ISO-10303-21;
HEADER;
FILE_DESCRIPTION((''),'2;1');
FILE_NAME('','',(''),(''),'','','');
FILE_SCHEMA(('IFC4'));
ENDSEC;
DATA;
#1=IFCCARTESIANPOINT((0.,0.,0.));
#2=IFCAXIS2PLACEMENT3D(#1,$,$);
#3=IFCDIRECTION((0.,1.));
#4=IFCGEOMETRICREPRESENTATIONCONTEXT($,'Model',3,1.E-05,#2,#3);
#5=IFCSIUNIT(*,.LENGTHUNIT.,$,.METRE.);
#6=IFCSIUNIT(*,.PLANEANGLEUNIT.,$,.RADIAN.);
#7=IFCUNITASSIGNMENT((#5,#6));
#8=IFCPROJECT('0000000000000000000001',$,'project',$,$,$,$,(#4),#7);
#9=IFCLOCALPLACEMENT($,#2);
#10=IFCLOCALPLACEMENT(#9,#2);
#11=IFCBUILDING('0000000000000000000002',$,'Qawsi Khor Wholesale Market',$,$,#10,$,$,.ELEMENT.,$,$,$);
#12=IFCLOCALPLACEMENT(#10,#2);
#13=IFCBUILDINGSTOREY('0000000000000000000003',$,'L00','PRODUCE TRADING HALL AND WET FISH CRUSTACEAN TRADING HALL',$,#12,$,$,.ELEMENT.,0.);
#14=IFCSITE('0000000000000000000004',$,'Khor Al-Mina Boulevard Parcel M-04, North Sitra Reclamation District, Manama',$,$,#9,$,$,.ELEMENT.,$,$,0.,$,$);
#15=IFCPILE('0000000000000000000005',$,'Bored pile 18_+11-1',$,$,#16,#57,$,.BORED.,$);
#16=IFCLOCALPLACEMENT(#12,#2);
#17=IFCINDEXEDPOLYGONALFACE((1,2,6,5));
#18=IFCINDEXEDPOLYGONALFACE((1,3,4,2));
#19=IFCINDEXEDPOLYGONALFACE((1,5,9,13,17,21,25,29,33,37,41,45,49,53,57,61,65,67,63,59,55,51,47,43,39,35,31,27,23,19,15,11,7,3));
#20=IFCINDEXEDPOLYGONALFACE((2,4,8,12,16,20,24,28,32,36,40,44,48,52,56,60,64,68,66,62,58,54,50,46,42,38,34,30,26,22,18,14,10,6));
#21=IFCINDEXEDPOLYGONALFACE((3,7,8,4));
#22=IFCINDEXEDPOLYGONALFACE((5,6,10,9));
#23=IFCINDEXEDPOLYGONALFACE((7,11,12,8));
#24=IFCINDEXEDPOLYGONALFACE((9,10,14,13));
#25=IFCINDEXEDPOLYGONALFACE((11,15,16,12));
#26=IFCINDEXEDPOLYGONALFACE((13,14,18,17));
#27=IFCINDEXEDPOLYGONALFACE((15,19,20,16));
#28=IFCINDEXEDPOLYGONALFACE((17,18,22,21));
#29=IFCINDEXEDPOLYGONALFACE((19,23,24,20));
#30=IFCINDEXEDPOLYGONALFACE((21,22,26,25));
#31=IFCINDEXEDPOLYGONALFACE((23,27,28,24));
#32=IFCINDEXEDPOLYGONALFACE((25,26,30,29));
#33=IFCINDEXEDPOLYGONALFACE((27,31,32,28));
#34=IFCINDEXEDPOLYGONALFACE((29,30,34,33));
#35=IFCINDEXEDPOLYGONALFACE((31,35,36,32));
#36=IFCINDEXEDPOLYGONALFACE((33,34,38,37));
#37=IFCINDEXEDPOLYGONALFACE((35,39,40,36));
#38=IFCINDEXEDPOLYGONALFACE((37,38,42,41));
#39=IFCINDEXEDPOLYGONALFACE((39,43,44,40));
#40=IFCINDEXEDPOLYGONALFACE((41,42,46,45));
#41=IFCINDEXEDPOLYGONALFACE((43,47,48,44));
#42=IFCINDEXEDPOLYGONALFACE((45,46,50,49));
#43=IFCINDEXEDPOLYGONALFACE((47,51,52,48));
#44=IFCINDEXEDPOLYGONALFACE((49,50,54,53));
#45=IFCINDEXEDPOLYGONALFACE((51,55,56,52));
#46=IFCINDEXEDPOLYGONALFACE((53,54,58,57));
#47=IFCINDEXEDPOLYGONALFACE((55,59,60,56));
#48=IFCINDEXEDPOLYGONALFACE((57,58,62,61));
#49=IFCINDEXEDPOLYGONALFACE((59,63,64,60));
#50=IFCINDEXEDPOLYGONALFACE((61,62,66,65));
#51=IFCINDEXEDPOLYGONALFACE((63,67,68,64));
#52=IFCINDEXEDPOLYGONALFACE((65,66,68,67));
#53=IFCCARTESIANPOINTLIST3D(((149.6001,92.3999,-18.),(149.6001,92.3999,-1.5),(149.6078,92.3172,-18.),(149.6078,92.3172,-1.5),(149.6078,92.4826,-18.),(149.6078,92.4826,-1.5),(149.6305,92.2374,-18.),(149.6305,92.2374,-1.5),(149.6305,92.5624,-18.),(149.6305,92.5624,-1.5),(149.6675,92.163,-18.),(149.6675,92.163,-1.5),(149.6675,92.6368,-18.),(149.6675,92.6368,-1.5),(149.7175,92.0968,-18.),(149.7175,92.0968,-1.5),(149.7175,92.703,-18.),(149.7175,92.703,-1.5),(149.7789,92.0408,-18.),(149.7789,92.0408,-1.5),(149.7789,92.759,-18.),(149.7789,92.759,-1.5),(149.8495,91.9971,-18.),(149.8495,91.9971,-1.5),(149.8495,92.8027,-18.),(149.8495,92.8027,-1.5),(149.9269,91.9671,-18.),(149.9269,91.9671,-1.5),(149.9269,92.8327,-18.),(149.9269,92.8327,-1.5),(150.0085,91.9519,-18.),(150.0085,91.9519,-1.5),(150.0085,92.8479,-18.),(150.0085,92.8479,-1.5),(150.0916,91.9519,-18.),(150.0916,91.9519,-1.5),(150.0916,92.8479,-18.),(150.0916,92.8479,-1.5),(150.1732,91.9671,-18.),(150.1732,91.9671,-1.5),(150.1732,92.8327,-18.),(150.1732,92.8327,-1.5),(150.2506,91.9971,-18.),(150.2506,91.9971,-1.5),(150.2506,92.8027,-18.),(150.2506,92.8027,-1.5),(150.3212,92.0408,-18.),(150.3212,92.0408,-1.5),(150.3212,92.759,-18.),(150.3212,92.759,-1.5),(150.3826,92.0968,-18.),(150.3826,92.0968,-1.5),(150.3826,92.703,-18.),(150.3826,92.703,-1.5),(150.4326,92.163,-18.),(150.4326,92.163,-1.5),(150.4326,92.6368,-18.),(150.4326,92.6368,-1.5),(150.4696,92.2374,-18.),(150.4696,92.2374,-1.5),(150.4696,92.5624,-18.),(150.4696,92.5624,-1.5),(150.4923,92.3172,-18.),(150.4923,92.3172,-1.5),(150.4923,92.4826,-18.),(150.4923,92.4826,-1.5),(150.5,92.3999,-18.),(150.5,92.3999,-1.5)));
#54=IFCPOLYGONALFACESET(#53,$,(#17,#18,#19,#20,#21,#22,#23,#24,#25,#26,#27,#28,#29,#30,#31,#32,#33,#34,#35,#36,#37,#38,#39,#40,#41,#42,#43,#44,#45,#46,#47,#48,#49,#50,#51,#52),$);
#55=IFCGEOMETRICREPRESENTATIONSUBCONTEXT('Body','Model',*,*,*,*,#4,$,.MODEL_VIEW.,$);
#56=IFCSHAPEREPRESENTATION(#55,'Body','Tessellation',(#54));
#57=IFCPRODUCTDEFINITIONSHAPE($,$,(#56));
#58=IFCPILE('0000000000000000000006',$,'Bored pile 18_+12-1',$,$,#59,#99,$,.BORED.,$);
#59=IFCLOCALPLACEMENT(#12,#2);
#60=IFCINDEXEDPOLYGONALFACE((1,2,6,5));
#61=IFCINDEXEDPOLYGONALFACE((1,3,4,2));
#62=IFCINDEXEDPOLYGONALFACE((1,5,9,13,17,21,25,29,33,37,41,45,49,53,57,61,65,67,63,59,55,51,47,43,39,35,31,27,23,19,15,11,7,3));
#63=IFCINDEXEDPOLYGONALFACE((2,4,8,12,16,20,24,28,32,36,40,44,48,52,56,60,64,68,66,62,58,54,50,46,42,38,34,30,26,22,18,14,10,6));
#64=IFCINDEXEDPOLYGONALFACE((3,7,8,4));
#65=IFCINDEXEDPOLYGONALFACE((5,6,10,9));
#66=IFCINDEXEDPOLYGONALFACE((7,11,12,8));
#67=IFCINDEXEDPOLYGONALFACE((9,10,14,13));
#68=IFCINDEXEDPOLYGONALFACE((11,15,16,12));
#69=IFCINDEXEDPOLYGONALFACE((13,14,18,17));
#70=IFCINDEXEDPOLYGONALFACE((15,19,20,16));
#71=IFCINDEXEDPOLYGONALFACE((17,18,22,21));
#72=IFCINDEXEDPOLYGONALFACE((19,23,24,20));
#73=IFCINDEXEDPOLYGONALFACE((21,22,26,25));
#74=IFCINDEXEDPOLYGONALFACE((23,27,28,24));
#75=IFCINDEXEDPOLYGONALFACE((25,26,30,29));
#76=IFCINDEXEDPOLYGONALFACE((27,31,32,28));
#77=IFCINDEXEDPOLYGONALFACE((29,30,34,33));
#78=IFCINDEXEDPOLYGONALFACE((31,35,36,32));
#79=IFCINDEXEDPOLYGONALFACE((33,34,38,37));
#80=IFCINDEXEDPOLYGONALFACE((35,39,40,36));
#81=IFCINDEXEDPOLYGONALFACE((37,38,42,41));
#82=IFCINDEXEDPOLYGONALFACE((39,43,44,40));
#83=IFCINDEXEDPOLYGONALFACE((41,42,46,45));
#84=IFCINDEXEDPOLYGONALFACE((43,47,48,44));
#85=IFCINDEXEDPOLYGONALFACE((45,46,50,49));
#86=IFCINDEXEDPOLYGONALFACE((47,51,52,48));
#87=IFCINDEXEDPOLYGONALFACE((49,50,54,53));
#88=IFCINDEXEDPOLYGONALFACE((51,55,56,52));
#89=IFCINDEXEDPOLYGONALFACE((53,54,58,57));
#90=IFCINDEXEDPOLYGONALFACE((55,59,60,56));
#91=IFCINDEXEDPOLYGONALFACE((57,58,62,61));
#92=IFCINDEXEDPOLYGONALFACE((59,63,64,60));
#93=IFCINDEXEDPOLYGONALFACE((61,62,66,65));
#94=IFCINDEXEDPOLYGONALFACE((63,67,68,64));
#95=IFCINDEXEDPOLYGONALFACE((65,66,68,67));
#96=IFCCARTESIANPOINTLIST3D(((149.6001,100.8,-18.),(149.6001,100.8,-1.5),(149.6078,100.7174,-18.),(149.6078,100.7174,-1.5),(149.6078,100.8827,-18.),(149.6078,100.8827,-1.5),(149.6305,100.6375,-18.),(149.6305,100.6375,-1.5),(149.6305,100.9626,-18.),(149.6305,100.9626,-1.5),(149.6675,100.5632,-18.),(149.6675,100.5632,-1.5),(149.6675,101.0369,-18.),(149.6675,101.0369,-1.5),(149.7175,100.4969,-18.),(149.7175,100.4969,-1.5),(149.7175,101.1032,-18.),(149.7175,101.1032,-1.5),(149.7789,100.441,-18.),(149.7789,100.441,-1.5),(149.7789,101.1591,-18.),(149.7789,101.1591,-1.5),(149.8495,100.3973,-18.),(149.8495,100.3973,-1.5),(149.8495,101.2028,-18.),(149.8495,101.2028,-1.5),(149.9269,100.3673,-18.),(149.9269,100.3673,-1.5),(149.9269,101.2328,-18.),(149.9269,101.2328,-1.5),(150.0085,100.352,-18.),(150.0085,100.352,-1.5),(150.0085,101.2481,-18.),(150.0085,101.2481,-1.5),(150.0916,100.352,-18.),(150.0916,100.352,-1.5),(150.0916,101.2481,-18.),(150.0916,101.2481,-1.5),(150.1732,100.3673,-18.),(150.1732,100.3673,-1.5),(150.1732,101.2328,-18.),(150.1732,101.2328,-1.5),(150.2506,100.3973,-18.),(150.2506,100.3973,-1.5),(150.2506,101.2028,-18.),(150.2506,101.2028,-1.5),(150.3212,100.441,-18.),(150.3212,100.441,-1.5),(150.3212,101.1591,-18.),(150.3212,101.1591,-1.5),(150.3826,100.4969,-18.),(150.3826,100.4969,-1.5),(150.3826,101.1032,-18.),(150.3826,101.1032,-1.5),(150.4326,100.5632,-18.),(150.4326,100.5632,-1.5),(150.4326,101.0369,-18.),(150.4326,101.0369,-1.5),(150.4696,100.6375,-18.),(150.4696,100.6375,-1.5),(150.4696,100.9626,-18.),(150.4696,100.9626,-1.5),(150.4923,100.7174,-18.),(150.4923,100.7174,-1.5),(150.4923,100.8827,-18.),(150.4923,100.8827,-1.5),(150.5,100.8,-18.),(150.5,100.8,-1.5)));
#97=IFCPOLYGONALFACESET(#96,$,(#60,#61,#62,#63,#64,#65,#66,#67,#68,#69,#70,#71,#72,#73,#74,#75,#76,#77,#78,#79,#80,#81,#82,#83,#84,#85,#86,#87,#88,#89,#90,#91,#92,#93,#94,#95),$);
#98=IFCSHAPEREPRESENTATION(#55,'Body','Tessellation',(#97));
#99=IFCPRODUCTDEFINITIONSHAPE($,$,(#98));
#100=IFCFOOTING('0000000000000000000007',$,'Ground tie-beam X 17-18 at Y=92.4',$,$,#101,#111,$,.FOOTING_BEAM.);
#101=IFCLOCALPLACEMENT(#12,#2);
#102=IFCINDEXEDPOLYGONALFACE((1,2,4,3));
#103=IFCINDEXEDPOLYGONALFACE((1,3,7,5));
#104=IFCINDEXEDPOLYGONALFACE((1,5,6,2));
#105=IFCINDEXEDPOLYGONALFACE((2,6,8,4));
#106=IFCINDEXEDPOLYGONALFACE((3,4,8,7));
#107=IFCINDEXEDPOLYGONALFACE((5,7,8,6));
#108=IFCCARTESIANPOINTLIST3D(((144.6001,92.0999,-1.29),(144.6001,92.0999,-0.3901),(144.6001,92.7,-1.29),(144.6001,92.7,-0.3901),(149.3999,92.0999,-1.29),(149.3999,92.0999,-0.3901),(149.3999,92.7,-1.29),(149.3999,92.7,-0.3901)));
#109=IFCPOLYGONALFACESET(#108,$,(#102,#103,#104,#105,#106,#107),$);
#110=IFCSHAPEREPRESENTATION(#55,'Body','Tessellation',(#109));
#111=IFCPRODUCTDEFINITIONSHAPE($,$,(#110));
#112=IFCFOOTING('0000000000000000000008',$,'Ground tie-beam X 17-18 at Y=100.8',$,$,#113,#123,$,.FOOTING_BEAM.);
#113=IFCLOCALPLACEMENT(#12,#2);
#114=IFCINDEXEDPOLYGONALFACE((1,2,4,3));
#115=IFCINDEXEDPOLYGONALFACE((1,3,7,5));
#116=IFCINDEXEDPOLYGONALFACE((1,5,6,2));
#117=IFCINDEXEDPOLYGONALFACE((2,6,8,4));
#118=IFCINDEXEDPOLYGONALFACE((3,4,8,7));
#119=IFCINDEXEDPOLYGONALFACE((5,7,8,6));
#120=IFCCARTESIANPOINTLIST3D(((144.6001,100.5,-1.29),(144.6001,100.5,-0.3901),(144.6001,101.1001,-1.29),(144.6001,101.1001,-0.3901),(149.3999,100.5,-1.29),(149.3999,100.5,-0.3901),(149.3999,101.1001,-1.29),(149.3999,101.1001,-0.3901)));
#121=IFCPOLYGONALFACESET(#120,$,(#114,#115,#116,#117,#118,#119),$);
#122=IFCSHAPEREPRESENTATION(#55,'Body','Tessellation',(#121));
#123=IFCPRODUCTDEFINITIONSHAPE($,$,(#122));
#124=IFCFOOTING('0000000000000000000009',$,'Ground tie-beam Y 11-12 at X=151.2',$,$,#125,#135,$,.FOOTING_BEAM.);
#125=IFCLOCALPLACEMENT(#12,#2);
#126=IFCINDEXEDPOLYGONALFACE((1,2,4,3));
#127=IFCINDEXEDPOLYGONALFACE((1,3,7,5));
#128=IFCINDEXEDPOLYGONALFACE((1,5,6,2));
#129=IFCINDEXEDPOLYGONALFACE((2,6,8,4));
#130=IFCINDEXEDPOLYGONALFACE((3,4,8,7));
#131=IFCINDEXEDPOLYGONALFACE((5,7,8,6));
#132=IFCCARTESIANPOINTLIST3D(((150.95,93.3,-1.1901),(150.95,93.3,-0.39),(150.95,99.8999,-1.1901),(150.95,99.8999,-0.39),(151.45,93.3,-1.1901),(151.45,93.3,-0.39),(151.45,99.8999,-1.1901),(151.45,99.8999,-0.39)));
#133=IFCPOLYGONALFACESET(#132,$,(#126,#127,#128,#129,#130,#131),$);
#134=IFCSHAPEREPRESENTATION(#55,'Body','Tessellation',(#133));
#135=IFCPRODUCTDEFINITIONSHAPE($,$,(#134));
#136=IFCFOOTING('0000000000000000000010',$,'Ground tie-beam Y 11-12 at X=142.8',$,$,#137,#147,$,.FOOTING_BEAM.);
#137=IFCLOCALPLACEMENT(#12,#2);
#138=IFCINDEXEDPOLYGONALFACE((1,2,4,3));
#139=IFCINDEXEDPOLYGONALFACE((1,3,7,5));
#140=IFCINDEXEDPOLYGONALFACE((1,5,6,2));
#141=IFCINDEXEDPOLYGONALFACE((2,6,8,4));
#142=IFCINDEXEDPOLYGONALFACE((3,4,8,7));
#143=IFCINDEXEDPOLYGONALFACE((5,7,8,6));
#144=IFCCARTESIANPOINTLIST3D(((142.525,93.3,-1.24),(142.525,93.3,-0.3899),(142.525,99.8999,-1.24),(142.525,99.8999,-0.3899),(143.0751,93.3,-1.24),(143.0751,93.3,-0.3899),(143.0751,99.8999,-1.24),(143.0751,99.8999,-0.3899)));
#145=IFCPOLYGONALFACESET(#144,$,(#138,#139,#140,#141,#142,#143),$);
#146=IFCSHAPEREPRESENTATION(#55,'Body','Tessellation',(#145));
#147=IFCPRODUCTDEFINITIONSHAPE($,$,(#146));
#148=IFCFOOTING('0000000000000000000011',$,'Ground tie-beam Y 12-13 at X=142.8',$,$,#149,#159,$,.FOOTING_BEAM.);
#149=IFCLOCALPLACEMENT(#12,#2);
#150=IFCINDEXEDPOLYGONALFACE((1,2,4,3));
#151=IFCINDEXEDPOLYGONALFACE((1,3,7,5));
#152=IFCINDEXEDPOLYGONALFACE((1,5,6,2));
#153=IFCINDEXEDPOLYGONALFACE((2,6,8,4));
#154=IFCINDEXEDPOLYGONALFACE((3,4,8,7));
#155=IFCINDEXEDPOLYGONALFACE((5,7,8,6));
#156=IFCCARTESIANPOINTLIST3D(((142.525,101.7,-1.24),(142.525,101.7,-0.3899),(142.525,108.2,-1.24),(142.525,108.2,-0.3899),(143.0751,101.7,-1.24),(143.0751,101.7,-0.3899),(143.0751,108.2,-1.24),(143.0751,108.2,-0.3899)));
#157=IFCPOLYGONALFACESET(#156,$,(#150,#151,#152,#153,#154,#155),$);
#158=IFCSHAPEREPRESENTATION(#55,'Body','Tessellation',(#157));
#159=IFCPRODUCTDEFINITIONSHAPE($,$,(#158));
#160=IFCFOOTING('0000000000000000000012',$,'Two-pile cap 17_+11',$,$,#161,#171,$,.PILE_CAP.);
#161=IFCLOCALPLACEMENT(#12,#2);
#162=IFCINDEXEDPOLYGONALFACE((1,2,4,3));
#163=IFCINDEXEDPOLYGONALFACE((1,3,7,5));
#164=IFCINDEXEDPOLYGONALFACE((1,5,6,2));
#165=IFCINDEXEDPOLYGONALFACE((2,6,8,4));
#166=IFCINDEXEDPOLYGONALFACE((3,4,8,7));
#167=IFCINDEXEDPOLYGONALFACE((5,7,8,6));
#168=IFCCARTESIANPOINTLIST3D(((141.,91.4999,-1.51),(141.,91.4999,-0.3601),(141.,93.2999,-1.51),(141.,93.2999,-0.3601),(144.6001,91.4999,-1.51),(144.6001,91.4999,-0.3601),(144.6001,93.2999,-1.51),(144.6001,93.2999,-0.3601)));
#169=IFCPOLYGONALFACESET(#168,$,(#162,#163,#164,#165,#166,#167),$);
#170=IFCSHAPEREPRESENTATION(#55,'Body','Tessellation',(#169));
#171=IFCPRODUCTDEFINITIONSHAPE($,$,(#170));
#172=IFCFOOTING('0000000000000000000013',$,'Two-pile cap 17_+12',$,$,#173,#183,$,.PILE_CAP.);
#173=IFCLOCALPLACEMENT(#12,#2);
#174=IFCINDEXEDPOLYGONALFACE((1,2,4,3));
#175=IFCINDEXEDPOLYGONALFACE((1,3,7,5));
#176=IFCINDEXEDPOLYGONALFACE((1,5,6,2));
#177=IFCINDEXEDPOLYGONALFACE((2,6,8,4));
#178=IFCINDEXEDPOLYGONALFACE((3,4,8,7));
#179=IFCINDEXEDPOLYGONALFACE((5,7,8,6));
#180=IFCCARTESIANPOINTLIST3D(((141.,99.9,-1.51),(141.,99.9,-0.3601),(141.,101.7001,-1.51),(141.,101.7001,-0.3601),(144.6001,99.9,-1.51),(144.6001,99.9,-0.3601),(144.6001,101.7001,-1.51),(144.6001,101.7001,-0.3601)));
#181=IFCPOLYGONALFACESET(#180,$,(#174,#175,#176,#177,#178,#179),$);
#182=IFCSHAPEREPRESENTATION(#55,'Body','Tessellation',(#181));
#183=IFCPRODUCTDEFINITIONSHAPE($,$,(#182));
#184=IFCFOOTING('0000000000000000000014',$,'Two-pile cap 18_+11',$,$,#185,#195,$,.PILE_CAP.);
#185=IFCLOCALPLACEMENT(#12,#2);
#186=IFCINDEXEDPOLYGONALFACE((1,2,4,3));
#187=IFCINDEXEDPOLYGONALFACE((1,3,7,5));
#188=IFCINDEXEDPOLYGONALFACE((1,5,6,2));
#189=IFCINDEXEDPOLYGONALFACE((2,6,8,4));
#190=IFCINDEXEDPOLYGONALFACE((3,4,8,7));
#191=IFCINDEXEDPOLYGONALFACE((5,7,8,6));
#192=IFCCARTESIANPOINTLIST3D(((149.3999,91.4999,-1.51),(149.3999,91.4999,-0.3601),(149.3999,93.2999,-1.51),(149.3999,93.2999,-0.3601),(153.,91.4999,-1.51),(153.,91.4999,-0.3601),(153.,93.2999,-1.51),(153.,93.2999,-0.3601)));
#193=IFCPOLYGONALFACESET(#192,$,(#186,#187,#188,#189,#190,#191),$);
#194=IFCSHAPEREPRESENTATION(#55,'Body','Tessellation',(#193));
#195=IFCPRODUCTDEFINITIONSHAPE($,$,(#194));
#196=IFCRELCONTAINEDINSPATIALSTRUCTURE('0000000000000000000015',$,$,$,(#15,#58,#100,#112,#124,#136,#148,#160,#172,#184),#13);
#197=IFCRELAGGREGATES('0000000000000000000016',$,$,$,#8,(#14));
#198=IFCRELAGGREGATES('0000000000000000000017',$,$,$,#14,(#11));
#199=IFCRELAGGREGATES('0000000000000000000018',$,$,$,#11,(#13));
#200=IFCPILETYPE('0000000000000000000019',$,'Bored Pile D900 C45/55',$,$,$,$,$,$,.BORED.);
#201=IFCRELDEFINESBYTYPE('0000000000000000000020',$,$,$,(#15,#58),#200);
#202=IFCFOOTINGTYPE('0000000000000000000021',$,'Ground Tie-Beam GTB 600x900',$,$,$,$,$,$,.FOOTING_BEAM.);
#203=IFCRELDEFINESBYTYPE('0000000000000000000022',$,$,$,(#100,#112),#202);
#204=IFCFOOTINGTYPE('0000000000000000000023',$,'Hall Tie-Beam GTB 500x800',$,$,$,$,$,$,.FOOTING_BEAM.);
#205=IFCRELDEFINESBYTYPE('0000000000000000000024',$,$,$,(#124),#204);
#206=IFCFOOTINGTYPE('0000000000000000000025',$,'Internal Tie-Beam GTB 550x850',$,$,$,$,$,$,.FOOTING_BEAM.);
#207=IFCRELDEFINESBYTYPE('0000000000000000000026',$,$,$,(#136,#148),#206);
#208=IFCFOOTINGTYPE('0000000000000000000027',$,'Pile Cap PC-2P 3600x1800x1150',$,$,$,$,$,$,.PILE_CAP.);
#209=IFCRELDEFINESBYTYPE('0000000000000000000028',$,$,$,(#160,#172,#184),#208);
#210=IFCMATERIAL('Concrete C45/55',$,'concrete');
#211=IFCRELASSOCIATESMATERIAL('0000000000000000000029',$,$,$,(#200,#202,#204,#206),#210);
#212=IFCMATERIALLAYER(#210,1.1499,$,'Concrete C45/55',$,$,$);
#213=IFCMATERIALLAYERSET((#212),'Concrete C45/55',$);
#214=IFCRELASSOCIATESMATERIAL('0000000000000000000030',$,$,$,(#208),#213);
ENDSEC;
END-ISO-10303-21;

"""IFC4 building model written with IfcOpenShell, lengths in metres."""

from ifc_helpers import new_model, si_unit, direction, frame, origin, origin_2d, place, context, subcontext, project, spatial, rectangle, circle, extrude, material, layer, layer_set, material_profile, profile_set, type_object, element, save


model = new_model("IFC4")

# Units and contexts
model_context = context("Model", 3, precision=1e-05, world=origin(), true_north=direction((0.0, 1.0)))
body_context = subcontext(model_context, "Body", "Model", "MODEL_VIEW")
ifc_project = project(units=[si_unit("LENGTHUNIT", "METRE"), si_unit("PLANEANGLEUNIT", "RADIAN")], contexts=[model_context])

# Site, building, storey
site_placement = place(None, origin())
site = spatial("IfcSite", under=ifc_project, at=site_placement, Name="Khor Al-Mina Boulevard Parcel M-04, North Sitra Reclamation District, Manama", CompositionType="ELEMENT", RefElevation=0.0)
building_placement = place(site_placement, origin())
building = spatial("IfcBuilding", under=site, at=building_placement, Name="Qawsi Khor Wholesale Market", CompositionType="ELEMENT")
storey_placement = place(building_placement, origin())
storey = spatial("IfcBuildingStorey", under=building, at=storey_placement, Name="L00", Description="PRODUCE TRADING HALL AND WET FISH CRUSTACEAN TRADING HALL", CompositionType="ELEMENT", Elevation=0.0)

# Piles
ifc_material_1 = material(Name="Concrete C45/55", Category="concrete")
ifc_material_profile_1 = material_profile(ifc_material_1, circle(Radius=0.45, at=origin_2d()), Name="PILE D900")
ifc_profile_set_1 = profile_set([ifc_material_profile_1], Name="Concrete C45/55")
pile_type = type_object("IfcPileType", Name="Bored Pile D900 C45/55", PredefinedType="BORED", material=ifc_profile_set_1)
for number, where, z_axis, x_axis, name in (
    (1, (150.05, 92.3999, -1.5), (0.0, 0.0, -1.0), (1.0, 0.0, 0.0), "Bored pile 18_+11-1"),
    (2, (150.05, 100.8, -1.5), (0.0, 0.0, -1.0), (1.0, 0.0, 0.0), "Bored pile 18_+12-1"),
):
    element("IfcPile", number, at=place(storey_placement, frame(where, z_axis=z_axis, x_axis=x_axis)), inside=storey, type_object=pile_type, Name=name, PredefinedType="BORED", context=body_context, shape_type="SweptSolid", body=[
        extrude(circle(Radius=0.45, at=origin_2d()), origin(), (0.0, 0.0, 1.0), 16.5),
    ])

# Footings
ifc_material_profile_2 = material_profile(ifc_material_1, rectangle(XDim=0.6001, YDim=0.8999, at=origin_2d()), Name="RC 600x900")
ifc_profile_set_2 = profile_set([ifc_material_profile_2], Name="Concrete C45/55")
footing_type_1 = type_object("IfcFootingType", Name="Ground Tie-Beam GTB 600x900", PredefinedType="FOOTING_BEAM", material=ifc_profile_set_2)
for number, where, z_axis, x_axis, name in (
    (3, (144.6001, 92.3999, -0.8401), (1.0, 0.0, 0.0), (0.0, 1.0, 0.0), "Ground tie-beam X 17-18 at Y=92.4"),
    (4, (144.6001, 100.8, -0.8401), (1.0, 0.0, 0.0), (0.0, 1.0, 0.0), "Ground tie-beam X 17-18 at Y=100.8"),
):
    element("IfcFooting", number, at=place(storey_placement, frame(where, z_axis=z_axis, x_axis=x_axis)), inside=storey, type_object=footing_type_1, Name=name, PredefinedType="FOOTING_BEAM", context=body_context, shape_type="SweptSolid", body=[
        extrude(rectangle(XDim=0.6001, YDim=0.8999, at=origin_2d()), origin(), (0.0, 0.0, 1.0), 4.7998),
    ])
ifc_material_profile_3 = material_profile(ifc_material_1, rectangle(XDim=0.5, YDim=0.8, at=origin_2d()), Name="RC 500x800")
ifc_profile_set_3 = profile_set([ifc_material_profile_3], Name="Concrete C45/55")
footing_type_2 = type_object("IfcFootingType", Name="Hall Tie-Beam GTB 500x800", PredefinedType="FOOTING_BEAM", material=ifc_profile_set_3)
footing_1_placement = place(storey_placement, frame((151.2, 93.3, -0.79), z_axis=(0.0, 1.0, 0.0), x_axis=(-1.0, 0.0, 0.0)))
element("IfcFooting", 5, at=footing_1_placement, inside=storey, type_object=footing_type_2, Name="Ground tie-beam Y 11-12 at X=151.2", PredefinedType="FOOTING_BEAM", context=body_context, shape_type="SweptSolid", body=[
    extrude(rectangle(XDim=0.5, YDim=0.8, at=origin_2d()), origin(), (0.0, 0.0, 1.0), 6.5999),
])
ifc_material_profile_4 = material_profile(ifc_material_1, rectangle(XDim=0.55, YDim=0.8501, at=origin_2d()), Name="RC 550x850")
ifc_profile_set_4 = profile_set([ifc_material_profile_4], Name="Concrete C45/55")
footing_type_3 = type_object("IfcFootingType", Name="Internal Tie-Beam GTB 550x850", PredefinedType="FOOTING_BEAM", material=ifc_profile_set_4)
footing_2_placement = place(storey_placement, frame((142.8, 93.3, -0.8149), z_axis=(0.0, 1.0, 0.0), x_axis=(-1.0, 0.0, 0.0)))
element("IfcFooting", 6, at=footing_2_placement, inside=storey, type_object=footing_type_3, Name="Ground tie-beam Y 11-12 at X=142.8", PredefinedType="FOOTING_BEAM", context=body_context, shape_type="SweptSolid", body=[
    extrude(rectangle(XDim=0.55, YDim=0.8501, at=origin_2d()), origin(), (0.0, 0.0, 1.0), 6.5999),
])
footing_3_placement = place(storey_placement, frame((142.8, 101.7, -0.8149), z_axis=(0.0, 1.0, 0.0), x_axis=(-1.0, 0.0, 0.0)))
element("IfcFooting", 7, at=footing_3_placement, inside=storey, type_object=footing_type_3, Name="Ground tie-beam Y 12-13 at X=142.8", PredefinedType="FOOTING_BEAM", context=body_context, shape_type="SweptSolid", body=[
    extrude(rectangle(XDim=0.55, YDim=0.8501, at=origin_2d()), origin(), (0.0, 0.0, 1.0), 6.5),
])
ifc_layer_1 = layer(ifc_material_1, 1.1499, Name="Concrete C45/55")
ifc_layer_set_1 = layer_set([ifc_layer_1], Name="Concrete C45/55")
footing_type_4 = type_object("IfcFootingType", Name="Pile Cap PC-2P 3600x1800x1150", PredefinedType="PILE_CAP", material=ifc_layer_set_1)
for number, where, z_axis, x_axis, name in (
    (8, (142.8, 92.3999, -1.51), (0.0, 0.0, 1.0), (1.0, 0.0, 0.0), "Two-pile cap 17_+11"),
    (9, (142.8, 100.8, -1.51), (0.0, 0.0, 1.0), (1.0, 0.0, 0.0), "Two-pile cap 17_+12"),
    (10, (151.2, 92.3999, -1.51), (0.0, 0.0, 1.0), (1.0, 0.0, 0.0), "Two-pile cap 18_+11"),
):
    element("IfcFooting", number, at=place(storey_placement, frame(where, z_axis=z_axis, x_axis=x_axis)), inside=storey, type_object=footing_type_4, Name=name, PredefinedType="PILE_CAP", context=body_context, shape_type="SweptSolid", body=[
        extrude(rectangle(XDim=3.6001, YDim=1.8, at=origin_2d()), origin(), (0.0, 0.0, 1.0), 1.1499),
    ])

save(model, "model.ifc")
